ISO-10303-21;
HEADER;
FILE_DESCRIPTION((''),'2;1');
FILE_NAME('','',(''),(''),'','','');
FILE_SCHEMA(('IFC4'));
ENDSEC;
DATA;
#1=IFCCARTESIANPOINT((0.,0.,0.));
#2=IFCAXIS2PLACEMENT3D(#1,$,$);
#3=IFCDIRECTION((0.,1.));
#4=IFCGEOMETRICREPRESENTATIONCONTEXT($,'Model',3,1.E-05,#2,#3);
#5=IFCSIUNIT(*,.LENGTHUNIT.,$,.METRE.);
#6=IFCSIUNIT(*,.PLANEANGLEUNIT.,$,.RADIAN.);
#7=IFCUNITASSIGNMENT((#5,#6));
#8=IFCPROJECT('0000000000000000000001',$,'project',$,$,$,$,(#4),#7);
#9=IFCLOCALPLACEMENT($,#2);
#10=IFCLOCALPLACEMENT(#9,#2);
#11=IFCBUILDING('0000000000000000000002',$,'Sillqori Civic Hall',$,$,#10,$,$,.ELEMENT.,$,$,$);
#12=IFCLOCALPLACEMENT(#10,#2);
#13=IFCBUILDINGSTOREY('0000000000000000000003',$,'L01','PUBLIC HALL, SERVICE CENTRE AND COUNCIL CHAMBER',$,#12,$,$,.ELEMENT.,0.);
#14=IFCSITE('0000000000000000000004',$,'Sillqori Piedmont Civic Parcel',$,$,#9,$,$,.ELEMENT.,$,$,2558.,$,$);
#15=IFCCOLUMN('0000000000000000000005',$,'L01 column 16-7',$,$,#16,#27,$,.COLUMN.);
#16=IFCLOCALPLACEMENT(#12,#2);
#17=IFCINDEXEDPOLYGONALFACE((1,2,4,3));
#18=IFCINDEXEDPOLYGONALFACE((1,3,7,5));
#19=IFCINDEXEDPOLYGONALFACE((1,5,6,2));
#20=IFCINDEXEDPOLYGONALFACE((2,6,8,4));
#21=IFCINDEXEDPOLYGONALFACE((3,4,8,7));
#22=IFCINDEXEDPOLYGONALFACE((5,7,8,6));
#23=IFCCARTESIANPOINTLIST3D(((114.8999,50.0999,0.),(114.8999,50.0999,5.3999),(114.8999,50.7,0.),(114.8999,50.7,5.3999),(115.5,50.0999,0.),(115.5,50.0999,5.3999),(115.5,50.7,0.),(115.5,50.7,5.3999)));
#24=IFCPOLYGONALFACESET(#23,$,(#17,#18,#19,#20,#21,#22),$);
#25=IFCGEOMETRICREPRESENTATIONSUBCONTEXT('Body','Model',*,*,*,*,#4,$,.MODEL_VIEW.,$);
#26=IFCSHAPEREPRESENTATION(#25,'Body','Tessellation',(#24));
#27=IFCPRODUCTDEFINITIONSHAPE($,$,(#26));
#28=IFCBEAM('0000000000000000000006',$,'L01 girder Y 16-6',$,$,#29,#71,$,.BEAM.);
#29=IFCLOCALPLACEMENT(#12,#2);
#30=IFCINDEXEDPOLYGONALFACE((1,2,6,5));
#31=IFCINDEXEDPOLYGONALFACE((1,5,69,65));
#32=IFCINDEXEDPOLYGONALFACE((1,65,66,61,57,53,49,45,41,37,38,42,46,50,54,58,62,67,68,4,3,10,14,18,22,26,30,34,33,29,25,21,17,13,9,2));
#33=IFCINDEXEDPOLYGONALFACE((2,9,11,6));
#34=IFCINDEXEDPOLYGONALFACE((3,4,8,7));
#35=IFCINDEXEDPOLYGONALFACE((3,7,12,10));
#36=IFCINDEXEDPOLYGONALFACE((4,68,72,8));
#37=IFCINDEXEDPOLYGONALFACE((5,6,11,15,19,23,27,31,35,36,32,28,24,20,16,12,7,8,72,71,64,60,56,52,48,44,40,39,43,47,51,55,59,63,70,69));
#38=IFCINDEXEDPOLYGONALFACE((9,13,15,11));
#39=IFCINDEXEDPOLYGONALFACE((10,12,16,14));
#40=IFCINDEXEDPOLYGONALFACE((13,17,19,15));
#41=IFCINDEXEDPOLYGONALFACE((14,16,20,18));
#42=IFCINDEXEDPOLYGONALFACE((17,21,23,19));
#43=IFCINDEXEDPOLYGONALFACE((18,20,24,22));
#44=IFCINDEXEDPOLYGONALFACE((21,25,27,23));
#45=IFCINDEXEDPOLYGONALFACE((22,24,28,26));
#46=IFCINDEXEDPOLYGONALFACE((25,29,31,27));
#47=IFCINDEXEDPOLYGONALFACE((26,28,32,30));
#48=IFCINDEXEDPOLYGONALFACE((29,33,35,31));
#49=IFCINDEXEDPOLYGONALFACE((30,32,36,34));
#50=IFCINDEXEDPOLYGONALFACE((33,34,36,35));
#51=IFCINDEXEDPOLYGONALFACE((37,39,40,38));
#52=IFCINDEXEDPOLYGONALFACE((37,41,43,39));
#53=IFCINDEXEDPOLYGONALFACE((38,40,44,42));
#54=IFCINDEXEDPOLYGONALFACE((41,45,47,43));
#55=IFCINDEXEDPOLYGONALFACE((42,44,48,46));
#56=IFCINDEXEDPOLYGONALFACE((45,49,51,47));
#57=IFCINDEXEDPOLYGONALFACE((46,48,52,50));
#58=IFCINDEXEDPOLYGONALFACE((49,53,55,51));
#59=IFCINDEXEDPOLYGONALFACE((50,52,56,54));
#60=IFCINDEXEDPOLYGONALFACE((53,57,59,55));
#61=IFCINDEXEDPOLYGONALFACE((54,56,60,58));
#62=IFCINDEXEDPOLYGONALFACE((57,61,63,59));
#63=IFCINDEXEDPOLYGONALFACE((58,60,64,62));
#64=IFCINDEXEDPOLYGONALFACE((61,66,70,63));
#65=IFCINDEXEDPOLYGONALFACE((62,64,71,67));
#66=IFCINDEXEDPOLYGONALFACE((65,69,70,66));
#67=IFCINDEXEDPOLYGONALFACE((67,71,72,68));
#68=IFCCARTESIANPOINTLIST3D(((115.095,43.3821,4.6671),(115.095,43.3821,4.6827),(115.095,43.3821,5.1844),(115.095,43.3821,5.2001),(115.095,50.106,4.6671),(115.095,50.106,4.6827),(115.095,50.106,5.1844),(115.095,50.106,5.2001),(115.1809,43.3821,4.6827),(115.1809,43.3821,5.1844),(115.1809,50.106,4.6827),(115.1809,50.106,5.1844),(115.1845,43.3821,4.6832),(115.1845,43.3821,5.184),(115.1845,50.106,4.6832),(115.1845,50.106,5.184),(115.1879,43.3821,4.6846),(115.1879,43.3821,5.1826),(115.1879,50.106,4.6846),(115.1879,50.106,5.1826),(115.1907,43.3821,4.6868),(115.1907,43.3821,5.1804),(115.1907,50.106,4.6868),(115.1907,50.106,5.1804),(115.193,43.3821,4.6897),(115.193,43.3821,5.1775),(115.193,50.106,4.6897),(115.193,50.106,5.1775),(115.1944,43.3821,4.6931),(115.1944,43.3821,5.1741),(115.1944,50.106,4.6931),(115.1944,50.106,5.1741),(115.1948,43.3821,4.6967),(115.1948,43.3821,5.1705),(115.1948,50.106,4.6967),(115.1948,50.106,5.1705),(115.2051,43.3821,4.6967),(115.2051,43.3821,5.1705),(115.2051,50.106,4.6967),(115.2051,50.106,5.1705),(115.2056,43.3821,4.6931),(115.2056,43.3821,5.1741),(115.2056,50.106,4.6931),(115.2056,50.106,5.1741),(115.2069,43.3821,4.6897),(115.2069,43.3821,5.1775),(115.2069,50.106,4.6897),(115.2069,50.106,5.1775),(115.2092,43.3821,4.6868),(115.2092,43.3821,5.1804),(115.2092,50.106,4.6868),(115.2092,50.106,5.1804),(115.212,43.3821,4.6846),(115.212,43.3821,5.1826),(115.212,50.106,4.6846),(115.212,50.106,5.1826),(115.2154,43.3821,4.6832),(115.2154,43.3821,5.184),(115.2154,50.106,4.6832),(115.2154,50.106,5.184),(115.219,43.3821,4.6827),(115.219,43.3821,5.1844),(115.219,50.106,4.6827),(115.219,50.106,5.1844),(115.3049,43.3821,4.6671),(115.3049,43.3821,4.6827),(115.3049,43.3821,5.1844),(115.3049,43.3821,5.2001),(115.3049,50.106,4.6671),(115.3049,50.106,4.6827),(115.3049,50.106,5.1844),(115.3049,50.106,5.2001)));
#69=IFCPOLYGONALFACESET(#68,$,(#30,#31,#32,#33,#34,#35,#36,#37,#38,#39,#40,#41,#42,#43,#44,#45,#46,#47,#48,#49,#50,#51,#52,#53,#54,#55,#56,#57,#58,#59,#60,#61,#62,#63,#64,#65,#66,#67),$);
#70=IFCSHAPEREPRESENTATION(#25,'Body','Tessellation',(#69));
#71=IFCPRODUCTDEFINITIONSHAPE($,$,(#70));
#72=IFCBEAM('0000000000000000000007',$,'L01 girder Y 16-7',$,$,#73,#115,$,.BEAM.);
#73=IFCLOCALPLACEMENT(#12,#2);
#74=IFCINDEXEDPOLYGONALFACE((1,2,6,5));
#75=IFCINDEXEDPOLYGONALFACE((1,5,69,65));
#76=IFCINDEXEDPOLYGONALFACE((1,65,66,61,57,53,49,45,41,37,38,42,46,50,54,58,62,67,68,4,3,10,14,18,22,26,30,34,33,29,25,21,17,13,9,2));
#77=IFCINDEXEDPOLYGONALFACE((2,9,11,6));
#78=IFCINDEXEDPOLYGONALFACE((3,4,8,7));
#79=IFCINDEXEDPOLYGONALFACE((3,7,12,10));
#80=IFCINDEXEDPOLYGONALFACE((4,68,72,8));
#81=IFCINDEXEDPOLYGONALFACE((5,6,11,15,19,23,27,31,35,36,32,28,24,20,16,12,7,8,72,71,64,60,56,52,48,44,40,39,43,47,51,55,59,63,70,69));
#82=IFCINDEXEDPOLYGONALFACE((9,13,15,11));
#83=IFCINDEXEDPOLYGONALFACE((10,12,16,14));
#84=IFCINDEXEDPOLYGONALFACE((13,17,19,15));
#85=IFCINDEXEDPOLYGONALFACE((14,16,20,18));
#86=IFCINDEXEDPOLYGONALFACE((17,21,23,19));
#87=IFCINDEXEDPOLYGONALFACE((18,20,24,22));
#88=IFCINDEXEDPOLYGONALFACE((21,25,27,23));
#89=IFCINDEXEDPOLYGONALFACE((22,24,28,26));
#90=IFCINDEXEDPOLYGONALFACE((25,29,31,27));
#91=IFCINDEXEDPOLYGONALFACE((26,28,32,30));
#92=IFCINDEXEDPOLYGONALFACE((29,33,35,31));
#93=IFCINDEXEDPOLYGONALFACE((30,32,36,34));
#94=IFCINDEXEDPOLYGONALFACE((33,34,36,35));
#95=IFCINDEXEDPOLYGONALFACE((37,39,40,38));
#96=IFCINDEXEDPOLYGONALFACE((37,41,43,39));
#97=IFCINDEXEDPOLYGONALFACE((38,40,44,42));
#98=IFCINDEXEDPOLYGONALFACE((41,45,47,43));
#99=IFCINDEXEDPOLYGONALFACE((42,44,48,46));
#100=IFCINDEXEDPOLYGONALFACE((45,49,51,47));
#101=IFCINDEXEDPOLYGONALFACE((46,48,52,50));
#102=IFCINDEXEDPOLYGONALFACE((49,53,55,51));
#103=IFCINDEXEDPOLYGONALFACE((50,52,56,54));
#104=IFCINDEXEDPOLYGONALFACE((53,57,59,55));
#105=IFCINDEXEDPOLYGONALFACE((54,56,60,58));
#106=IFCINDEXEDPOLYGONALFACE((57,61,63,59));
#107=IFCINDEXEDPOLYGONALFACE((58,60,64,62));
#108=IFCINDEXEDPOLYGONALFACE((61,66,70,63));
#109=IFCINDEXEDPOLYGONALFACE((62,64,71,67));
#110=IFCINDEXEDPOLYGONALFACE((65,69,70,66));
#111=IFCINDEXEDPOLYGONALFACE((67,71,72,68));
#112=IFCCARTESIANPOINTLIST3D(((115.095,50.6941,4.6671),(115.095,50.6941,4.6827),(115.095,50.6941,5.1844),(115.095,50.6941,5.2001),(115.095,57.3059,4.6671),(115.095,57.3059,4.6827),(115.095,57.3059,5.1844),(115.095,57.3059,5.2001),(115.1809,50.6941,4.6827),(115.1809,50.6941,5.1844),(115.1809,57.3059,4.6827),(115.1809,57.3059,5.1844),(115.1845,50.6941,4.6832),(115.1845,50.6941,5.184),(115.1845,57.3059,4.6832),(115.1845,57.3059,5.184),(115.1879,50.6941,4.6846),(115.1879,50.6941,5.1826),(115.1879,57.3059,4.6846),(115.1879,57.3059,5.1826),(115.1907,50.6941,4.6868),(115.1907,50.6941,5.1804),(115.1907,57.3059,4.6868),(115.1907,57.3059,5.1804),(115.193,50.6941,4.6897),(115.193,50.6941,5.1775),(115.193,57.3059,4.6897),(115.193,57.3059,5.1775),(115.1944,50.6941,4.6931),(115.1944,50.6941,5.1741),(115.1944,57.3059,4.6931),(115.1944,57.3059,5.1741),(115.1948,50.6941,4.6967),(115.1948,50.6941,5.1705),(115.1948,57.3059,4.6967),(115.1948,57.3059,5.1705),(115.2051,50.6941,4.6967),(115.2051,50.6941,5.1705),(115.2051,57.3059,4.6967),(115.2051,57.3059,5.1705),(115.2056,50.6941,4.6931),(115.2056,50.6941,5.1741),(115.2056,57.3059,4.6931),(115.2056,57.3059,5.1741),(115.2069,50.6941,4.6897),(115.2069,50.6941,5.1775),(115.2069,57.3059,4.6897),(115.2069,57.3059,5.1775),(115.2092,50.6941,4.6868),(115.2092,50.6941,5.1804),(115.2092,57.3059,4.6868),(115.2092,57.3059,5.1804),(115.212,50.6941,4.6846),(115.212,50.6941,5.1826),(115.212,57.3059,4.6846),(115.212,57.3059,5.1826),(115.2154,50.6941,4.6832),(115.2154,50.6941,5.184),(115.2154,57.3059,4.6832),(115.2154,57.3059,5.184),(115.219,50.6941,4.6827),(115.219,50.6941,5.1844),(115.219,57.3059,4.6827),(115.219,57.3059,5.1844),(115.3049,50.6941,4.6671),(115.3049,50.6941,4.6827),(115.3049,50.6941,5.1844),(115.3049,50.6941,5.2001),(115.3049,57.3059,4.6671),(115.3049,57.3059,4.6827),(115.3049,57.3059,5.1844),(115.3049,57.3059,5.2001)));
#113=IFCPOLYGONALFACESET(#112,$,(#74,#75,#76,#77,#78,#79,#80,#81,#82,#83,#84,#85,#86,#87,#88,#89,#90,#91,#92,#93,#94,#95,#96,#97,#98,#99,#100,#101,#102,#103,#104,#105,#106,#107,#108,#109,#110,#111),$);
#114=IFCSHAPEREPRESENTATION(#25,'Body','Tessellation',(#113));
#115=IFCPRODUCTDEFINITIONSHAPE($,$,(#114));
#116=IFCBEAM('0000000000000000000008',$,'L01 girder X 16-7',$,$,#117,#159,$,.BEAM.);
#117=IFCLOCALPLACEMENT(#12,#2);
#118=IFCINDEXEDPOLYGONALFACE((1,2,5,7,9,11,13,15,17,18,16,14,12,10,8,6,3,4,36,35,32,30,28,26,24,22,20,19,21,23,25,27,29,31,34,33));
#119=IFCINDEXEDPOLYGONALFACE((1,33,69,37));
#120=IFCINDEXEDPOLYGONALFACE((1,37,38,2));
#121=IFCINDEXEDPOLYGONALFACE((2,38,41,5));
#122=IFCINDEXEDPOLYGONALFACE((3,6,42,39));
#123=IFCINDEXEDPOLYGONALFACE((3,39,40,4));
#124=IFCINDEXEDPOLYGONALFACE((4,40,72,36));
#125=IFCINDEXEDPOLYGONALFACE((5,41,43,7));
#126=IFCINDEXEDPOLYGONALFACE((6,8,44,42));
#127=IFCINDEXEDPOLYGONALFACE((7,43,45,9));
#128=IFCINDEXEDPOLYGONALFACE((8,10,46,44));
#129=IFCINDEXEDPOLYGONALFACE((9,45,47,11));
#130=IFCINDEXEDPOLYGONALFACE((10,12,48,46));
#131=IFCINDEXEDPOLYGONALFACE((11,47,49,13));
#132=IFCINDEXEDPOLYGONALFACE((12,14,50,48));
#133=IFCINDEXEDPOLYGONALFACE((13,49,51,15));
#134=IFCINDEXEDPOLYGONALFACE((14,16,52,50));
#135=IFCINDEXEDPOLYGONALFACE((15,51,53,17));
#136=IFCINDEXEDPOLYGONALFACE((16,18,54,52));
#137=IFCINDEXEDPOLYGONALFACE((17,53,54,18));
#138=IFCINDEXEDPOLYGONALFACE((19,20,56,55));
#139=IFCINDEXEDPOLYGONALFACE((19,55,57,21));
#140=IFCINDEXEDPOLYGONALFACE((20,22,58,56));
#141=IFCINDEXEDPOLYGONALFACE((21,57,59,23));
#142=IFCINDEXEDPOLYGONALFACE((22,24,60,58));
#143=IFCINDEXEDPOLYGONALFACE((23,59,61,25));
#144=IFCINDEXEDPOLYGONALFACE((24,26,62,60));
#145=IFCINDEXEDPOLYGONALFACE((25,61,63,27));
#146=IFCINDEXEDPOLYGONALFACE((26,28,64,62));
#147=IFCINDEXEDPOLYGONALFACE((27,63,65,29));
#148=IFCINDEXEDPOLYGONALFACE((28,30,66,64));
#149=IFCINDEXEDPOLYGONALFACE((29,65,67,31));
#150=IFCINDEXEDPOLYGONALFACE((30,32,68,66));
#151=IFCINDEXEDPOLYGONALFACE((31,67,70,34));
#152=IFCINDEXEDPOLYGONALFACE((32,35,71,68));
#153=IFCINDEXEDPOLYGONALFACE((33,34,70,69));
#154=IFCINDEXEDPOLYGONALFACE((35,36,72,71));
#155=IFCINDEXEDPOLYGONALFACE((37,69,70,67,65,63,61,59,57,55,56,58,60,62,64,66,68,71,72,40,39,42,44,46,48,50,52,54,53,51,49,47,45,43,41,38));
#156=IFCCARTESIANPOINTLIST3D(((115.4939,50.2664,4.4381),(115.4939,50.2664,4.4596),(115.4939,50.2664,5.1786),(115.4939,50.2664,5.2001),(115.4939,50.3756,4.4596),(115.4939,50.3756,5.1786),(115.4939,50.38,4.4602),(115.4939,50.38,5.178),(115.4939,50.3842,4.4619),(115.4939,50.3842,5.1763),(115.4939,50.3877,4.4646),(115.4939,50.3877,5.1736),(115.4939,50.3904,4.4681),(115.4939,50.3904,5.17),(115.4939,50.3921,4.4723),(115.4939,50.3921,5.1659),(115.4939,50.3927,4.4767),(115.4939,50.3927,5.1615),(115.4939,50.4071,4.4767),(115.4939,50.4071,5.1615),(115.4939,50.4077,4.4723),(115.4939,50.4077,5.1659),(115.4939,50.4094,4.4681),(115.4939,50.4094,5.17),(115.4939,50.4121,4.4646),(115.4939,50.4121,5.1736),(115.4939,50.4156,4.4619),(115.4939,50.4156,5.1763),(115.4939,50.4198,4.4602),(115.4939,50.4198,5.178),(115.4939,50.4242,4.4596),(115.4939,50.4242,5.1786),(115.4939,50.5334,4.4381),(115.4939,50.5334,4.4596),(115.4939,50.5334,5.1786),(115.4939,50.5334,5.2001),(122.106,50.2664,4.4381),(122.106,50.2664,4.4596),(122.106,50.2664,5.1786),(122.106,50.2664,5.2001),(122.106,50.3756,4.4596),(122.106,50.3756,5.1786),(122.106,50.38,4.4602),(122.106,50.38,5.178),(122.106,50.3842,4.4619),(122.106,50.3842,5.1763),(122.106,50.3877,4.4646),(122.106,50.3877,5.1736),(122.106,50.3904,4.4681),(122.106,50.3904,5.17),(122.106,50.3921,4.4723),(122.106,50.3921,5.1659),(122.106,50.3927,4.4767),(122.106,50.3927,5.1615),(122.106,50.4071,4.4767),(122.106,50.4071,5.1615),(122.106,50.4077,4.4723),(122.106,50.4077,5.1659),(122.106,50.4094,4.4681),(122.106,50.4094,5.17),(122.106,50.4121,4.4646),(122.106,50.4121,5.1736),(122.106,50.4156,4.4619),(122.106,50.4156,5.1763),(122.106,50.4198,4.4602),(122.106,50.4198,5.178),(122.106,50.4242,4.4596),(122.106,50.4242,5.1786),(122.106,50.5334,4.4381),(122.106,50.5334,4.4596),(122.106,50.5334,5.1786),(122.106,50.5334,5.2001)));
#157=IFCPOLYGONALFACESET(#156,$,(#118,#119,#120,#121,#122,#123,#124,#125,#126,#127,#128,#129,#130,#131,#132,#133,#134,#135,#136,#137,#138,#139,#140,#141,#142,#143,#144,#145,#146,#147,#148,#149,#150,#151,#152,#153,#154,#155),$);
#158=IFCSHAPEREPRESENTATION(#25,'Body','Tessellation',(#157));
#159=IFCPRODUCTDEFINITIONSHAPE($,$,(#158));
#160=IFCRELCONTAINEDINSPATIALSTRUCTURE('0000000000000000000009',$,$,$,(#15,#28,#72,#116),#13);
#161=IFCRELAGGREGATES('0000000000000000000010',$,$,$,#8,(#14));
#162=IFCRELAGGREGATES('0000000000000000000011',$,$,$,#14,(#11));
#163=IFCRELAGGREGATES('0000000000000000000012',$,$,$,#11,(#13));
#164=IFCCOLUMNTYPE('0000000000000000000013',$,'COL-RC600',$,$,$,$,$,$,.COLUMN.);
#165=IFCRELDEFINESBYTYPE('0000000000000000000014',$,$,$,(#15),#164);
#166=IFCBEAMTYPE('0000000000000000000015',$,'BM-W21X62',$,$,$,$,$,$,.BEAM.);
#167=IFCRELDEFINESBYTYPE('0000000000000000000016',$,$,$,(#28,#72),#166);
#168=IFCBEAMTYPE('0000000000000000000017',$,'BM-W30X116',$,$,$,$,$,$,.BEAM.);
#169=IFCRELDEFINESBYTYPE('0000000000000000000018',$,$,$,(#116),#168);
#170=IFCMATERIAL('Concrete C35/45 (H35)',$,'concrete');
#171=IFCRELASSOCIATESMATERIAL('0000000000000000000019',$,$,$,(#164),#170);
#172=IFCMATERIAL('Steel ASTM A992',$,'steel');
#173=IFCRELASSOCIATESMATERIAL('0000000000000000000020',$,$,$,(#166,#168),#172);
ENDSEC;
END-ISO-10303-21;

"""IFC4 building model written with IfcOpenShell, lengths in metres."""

from ifc_helpers import new_model, si_unit, direction, frame, origin, origin_2d, place, context, subcontext, project, spatial, rectangle, i_section, extrude, material, material_profile, profile_set, type_object, element, save


model = new_model("IFC4")

# Units and contexts
model_context = context("Model", 3, precision=1e-05, world=origin(), true_north=direction((0.0, 1.0)))
body_context = subcontext(model_context, "Body", "Model", "MODEL_VIEW")
ifc_project = project(units=[si_unit("LENGTHUNIT", "METRE"), si_unit("PLANEANGLEUNIT", "RADIAN")], contexts=[model_context])

# Site, building, storey
site_placement = place(None, origin())
site = spatial("IfcSite", under=ifc_project, at=site_placement, Name="Sillqori Piedmont Civic Parcel", CompositionType="ELEMENT", RefElevation=2558.0)
building_placement = place(site_placement, origin())
building = spatial("IfcBuilding", under=site, at=building_placement, Name="Sillqori Civic Hall", CompositionType="ELEMENT")
storey_placement = place(building_placement, origin())
storey = spatial("IfcBuildingStorey", under=building, at=storey_placement, Name="L01", Description="PUBLIC HALL, SERVICE CENTRE AND COUNCIL CHAMBER", CompositionType="ELEMENT", Elevation=0.0)

# Column
ifc_material_1 = material(Name="Concrete C35/45 (H35)", Category="concrete")
ifc_material_profile_1 = material_profile(ifc_material_1, rectangle(XDim=0.6001, YDim=0.6001, at=origin_2d()), Name="RC 600x600")
ifc_profile_set_1 = profile_set([ifc_material_profile_1], Name="Concrete C35/45 (H35)")
column_type = type_object("IfcColumnType", Name="COL-RC600", PredefinedType="COLUMN", material=ifc_profile_set_1)
column_placement = place(storey_placement, frame((115.2, 50.3999, 0.0), z_axis=(0.0, 0.0, 1.0), x_axis=(1.0, 0.0, 0.0)))
element("IfcColumn", 1, at=column_placement, inside=storey, type_object=column_type, Name="L01 column 16-7", PredefinedType="COLUMN", context=body_context, shape_type="SweptSolid", body=[
    extrude(rectangle(XDim=0.6001, YDim=0.6001, at=origin_2d()), origin(), (0.0, 0.0, 1.0), 5.3999),
])

# Beams
ifc_material_2 = material(Name="Steel ASTM A992", Category="steel")
ifc_material_profile_2 = material_profile(ifc_material_2, i_section(OverallWidth=0.21, OverallDepth=0.533, WebThickness=0.0103, FlangeThickness=0.0156, FilletRadius=0.0139, at=origin_2d()), Name="W21X62")
ifc_profile_set_2 = profile_set([ifc_material_profile_2], Name="Steel ASTM A992")
beam_type_1 = type_object("IfcBeamType", Name="BM-W21X62", PredefinedType="BEAM", material=ifc_profile_set_2)
beam_1_placement = place(storey_placement, frame((115.2, 43.3821, 4.9336), z_axis=(0.0, 1.0, 0.0), x_axis=(-1.0, 0.0, 0.0)))
element("IfcBeam", 2, at=beam_1_placement, inside=storey, type_object=beam_type_1, Name="L01 girder Y 16-6", PredefinedType="BEAM", context=body_context, shape_type="SweptSolid", body=[
    extrude(i_section(OverallWidth=0.21, OverallDepth=0.533, WebThickness=0.0103, FlangeThickness=0.0156, FilletRadius=0.0139, at=origin_2d()), origin(), (0.0, 0.0, 1.0), 6.7239),
])
beam_2_placement = place(storey_placement, frame((115.2, 50.6941, 4.9336), z_axis=(0.0, 1.0, 0.0), x_axis=(-1.0, 0.0, 0.0)))
element("IfcBeam", 3, at=beam_2_placement, inside=storey, type_object=beam_type_1, Name="L01 girder Y 16-7", PredefinedType="BEAM", context=body_context, shape_type="SweptSolid", body=[
    extrude(i_section(OverallWidth=0.21, OverallDepth=0.533, WebThickness=0.0103, FlangeThickness=0.0156, FilletRadius=0.0139, at=origin_2d()), origin(), (0.0, 0.0, 1.0), 6.6118),
])
ifc_material_profile_3 = material_profile(ifc_material_2, i_section(OverallWidth=0.2671, OverallDepth=0.762, WebThickness=0.0144, FlangeThickness=0.0215, FilletRadius=0.0171, at=origin_2d()), Name="W30X116")
ifc_profile_set_3 = profile_set([ifc_material_profile_3], Name="Steel ASTM A992")
beam_type_2 = type_object("IfcBeamType", Name="BM-W30X116", PredefinedType="BEAM", material=ifc_profile_set_3)
beam_3_placement = place(storey_placement, frame((115.4939, 50.3999, 4.8191), z_axis=(1.0, 0.0, 0.0), x_axis=(0.0, 1.0, 0.0)))
element("IfcBeam", 4, at=beam_3_placement, inside=storey, type_object=beam_type_2, Name="L01 girder X 16-7", PredefinedType="BEAM", context=body_context, shape_type="SweptSolid", body=[
    extrude(i_section(OverallWidth=0.2671, OverallDepth=0.762, WebThickness=0.0144, FlangeThickness=0.0215, FilletRadius=0.0171, at=origin_2d()), origin(), (0.0, 0.0, 1.0), 6.6121),
])

save(model, "model.ifc")
